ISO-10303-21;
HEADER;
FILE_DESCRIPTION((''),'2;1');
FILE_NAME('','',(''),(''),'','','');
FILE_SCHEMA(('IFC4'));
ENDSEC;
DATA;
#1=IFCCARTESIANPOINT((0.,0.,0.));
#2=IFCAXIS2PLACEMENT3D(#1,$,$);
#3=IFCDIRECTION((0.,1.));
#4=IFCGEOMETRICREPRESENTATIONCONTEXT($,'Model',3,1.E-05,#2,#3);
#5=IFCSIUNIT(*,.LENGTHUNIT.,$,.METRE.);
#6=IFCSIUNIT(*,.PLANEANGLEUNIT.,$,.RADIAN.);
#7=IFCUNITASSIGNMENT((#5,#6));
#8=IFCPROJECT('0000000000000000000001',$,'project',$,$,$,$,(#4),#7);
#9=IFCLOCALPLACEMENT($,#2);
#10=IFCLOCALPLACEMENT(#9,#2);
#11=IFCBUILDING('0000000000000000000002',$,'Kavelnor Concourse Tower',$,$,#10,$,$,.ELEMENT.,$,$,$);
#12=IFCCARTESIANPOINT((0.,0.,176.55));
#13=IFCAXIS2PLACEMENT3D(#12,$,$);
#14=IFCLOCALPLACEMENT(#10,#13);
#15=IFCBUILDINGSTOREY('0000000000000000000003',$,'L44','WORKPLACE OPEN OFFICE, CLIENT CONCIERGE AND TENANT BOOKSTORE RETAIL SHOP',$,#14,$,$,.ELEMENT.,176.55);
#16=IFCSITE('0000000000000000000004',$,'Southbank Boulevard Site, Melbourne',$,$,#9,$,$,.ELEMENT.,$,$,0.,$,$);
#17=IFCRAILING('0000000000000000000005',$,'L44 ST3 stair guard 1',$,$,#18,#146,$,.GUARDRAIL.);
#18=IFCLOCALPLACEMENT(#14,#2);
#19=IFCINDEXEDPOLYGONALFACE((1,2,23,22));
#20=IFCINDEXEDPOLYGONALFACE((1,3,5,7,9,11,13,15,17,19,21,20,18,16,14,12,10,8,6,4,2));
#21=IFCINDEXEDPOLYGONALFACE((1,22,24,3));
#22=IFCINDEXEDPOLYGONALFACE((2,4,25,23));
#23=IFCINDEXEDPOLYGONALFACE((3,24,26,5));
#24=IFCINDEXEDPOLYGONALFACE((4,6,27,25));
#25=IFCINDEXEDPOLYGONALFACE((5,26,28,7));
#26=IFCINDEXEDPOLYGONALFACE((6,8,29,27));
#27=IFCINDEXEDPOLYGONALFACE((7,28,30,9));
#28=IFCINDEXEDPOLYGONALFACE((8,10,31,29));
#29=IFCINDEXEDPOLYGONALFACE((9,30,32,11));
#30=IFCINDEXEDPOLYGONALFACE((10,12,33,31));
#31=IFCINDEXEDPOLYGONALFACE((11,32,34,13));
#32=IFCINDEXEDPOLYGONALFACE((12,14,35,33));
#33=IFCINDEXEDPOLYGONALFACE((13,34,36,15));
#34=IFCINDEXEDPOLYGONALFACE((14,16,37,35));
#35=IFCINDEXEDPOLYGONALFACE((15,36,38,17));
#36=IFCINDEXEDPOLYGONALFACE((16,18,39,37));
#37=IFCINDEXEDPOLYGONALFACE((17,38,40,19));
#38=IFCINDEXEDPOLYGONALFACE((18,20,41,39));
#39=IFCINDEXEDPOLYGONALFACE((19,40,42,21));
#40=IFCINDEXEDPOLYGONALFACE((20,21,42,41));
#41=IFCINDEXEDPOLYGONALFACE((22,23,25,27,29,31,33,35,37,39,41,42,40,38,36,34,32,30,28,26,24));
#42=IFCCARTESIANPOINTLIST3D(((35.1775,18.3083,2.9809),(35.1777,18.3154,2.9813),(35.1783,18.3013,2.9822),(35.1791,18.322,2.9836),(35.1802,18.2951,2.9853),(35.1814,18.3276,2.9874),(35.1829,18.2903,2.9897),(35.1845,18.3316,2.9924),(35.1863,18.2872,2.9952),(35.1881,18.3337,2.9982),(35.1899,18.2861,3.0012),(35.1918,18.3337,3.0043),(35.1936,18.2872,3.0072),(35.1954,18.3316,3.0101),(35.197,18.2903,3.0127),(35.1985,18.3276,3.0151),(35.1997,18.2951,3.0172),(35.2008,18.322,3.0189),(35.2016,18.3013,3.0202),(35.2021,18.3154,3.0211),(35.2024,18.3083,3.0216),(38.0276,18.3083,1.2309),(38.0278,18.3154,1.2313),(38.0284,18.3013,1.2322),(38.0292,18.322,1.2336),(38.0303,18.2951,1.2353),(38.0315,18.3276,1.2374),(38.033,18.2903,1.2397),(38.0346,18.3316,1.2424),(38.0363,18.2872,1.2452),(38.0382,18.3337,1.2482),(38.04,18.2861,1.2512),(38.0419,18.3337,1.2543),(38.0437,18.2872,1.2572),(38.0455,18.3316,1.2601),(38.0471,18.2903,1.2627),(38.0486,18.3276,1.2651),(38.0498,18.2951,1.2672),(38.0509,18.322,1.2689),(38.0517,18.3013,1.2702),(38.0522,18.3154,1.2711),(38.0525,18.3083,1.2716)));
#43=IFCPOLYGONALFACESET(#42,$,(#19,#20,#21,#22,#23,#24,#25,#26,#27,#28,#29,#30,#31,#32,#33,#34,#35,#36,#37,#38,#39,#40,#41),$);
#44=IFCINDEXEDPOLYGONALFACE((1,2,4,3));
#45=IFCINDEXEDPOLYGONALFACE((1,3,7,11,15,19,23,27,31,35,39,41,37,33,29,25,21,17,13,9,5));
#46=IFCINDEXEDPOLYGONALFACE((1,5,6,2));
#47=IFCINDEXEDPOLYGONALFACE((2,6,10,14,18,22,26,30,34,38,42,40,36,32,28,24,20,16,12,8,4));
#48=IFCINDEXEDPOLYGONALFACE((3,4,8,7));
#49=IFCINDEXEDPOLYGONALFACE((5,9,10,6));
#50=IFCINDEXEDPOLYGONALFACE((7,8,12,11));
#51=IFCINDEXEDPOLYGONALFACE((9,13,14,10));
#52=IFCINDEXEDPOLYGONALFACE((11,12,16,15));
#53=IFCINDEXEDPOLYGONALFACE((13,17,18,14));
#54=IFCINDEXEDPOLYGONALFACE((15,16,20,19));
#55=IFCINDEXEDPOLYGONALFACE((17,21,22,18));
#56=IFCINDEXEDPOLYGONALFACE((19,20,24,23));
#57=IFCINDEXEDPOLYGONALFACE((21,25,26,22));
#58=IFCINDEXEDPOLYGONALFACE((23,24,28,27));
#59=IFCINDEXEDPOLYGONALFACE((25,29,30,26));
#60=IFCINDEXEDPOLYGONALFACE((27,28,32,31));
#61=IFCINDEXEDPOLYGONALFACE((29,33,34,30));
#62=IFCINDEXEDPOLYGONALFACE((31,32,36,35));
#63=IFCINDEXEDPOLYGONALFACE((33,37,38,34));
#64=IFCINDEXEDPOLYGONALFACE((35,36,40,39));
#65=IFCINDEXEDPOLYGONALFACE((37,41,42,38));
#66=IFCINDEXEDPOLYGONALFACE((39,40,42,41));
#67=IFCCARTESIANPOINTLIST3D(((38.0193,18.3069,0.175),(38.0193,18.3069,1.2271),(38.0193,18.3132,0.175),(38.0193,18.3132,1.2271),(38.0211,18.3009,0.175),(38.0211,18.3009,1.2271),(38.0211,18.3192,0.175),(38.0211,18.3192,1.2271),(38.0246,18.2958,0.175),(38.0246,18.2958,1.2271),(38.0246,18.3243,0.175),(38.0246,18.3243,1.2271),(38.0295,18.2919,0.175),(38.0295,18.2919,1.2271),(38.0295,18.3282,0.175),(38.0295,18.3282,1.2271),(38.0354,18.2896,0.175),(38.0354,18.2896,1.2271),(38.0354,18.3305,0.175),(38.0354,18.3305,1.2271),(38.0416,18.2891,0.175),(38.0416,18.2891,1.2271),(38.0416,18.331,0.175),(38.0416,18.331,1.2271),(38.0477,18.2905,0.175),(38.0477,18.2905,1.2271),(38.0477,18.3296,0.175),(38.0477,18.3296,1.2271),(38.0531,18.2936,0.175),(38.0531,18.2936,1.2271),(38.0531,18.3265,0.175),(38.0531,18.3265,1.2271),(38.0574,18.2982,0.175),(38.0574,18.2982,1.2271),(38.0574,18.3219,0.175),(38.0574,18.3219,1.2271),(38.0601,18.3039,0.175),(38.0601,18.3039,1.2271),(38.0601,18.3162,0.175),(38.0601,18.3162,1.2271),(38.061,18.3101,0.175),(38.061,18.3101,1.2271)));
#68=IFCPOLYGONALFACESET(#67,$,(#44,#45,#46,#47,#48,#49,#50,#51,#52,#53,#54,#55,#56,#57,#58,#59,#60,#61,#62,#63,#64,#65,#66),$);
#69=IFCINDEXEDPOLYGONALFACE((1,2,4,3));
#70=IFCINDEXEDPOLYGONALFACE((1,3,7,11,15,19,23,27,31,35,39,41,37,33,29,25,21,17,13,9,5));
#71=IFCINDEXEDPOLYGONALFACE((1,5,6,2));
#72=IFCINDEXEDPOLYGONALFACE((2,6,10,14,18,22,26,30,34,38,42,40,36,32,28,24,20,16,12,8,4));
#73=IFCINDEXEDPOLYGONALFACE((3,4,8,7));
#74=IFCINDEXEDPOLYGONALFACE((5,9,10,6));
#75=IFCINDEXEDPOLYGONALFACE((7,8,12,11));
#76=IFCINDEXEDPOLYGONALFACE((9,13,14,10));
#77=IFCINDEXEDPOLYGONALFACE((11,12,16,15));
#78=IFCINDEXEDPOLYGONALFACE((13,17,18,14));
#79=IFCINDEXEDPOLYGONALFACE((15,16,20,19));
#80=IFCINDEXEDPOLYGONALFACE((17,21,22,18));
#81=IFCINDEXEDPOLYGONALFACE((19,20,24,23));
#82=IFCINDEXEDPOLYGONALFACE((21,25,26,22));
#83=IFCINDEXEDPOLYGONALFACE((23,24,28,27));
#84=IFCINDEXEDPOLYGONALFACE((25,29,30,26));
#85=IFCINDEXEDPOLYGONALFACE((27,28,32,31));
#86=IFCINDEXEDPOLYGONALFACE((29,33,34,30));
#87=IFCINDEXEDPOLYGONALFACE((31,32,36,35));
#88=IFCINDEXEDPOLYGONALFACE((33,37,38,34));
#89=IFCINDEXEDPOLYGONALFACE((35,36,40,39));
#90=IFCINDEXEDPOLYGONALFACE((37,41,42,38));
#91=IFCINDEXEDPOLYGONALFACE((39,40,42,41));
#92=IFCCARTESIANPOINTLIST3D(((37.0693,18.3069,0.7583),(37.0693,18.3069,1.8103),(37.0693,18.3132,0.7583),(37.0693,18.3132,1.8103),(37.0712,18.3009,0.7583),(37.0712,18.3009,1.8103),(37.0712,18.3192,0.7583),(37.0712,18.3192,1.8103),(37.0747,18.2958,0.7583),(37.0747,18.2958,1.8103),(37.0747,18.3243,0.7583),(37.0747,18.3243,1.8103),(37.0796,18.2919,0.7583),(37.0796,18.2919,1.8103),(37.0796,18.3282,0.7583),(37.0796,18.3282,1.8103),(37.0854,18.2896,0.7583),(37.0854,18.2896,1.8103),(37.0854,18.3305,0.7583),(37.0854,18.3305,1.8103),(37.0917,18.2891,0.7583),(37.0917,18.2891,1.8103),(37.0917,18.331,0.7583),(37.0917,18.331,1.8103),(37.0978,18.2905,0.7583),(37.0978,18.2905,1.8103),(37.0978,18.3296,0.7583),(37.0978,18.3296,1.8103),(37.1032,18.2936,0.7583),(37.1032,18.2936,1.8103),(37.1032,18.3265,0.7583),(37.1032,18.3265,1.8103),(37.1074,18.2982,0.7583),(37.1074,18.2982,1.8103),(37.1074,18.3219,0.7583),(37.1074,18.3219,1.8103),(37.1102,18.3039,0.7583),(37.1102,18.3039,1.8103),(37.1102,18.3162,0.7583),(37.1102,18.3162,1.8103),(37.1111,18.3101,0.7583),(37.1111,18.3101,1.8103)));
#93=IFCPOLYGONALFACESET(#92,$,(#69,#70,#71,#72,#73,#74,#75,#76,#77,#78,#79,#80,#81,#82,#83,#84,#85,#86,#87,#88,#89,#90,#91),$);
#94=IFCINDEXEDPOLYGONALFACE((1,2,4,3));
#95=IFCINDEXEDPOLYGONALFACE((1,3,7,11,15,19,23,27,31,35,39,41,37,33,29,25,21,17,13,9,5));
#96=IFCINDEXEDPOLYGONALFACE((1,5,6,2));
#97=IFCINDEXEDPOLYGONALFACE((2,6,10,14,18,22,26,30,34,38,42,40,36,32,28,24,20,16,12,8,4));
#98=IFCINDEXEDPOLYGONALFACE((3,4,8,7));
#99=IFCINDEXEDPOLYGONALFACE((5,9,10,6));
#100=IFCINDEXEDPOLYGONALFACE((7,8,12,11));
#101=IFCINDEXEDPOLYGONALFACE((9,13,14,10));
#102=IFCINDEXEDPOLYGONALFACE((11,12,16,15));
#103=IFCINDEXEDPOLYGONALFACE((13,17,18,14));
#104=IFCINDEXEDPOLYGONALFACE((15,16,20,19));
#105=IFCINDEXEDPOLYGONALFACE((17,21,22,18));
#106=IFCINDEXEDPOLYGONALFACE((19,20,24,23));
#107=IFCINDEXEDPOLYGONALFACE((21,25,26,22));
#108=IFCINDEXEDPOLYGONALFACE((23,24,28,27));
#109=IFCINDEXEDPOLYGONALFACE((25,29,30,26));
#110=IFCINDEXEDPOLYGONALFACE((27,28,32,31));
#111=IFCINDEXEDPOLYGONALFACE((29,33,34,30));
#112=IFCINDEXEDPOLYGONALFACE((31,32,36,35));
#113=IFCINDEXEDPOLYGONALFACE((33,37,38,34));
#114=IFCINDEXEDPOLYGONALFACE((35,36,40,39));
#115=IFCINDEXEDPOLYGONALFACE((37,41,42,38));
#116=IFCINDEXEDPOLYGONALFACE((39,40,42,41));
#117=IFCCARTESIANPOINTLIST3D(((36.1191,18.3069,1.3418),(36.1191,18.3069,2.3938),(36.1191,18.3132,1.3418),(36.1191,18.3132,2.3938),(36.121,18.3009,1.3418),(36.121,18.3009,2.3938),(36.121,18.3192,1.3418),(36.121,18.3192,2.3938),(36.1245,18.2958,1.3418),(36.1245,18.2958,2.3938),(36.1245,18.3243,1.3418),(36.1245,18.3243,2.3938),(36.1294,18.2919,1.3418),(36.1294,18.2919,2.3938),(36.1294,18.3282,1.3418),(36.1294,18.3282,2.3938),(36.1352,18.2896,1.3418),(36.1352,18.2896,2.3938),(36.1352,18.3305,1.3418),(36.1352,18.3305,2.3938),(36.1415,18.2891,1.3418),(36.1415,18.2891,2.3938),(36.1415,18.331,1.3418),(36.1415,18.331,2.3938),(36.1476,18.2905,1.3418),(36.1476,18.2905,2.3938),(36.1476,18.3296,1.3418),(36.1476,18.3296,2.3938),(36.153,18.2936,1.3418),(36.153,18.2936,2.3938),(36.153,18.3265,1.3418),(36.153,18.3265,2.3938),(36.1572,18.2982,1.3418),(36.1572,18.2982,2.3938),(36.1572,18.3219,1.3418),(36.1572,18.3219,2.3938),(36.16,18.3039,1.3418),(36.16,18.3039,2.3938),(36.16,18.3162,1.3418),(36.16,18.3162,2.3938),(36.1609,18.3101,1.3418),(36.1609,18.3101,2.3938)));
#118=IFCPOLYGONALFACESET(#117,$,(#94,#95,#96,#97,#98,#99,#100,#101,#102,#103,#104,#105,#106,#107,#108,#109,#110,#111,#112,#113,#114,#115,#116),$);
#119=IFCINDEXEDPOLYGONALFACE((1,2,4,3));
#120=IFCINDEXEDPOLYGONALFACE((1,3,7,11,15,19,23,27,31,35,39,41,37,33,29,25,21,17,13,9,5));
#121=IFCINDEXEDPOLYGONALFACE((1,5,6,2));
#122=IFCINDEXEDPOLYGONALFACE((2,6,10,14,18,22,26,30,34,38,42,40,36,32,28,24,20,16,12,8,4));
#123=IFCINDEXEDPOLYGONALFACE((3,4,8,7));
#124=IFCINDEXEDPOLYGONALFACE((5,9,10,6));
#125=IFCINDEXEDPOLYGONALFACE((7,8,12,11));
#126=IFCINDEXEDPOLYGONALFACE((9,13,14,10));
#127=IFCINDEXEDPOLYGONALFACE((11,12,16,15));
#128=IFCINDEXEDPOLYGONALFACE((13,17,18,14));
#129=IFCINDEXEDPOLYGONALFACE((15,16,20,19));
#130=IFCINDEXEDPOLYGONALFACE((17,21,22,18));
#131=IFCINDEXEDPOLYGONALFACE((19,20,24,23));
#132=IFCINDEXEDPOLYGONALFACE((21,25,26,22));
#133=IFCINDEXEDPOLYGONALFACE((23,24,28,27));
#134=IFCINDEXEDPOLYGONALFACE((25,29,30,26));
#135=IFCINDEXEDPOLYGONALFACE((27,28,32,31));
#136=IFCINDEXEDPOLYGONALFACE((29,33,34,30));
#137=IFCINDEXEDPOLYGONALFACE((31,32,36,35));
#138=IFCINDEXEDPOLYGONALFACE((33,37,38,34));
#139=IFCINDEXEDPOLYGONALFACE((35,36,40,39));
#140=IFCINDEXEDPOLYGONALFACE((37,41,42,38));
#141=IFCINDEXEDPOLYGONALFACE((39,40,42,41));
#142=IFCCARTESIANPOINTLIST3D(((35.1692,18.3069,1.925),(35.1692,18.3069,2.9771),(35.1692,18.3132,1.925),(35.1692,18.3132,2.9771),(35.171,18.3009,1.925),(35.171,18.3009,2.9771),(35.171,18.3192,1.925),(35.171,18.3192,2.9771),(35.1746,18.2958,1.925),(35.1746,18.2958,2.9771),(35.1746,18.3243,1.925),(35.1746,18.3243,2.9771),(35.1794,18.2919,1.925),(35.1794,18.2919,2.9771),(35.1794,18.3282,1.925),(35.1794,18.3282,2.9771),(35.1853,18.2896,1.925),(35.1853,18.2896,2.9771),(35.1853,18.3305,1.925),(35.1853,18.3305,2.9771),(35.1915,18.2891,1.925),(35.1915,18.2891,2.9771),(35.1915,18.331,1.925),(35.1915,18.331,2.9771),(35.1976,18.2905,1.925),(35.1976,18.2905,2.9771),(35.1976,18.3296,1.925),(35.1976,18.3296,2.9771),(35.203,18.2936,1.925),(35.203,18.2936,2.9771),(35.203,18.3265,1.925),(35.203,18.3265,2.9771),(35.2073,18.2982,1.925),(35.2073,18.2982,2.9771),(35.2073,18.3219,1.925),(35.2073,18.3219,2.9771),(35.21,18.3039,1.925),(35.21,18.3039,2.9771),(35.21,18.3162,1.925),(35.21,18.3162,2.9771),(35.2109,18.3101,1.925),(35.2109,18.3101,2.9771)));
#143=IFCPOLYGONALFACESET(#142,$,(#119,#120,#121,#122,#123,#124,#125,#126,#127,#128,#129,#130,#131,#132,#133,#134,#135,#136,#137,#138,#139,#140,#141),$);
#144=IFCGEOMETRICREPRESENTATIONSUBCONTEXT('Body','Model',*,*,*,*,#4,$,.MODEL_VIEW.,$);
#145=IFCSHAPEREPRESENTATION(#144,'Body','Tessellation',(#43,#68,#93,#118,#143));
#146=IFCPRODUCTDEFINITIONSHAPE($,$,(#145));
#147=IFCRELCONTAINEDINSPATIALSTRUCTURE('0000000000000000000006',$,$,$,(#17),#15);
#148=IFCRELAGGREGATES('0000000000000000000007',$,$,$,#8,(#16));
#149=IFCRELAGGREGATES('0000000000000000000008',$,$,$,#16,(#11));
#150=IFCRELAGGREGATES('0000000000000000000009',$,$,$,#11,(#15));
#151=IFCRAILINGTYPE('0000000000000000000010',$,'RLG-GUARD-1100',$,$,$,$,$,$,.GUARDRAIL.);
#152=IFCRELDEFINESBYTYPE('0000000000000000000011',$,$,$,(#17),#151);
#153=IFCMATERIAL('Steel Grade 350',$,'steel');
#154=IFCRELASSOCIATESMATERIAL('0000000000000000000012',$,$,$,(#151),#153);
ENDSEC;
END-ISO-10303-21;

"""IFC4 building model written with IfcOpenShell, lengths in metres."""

from ifc_helpers import new_model, si_unit, direction, frame, origin, origin_2d, place, context, subcontext, project, spatial, circle, extrude, material, type_object, element, save


model = new_model("IFC4")

# Units and contexts
model_context = context("Model", 3, precision=1e-05, world=origin(), true_north=direction((0.0, 1.0)))
body_context = subcontext(model_context, "Body", "Model", "MODEL_VIEW")
ifc_project = project(units=[si_unit("LENGTHUNIT", "METRE"), si_unit("PLANEANGLEUNIT", "RADIAN")], contexts=[model_context])

# Site, building, storey
site_placement = place(None, origin())
site = spatial("IfcSite", under=ifc_project, at=site_placement, Name="Southbank Boulevard Site, Melbourne", CompositionType="ELEMENT", RefElevation=0.0)
building_placement = place(site_placement, origin())
building = spatial("IfcBuilding", under=site, at=building_placement, Name="Kavelnor Concourse Tower", CompositionType="ELEMENT")
storey_placement = place(building_placement, frame((0.0, 0.0, 176.55)))
storey = spatial("IfcBuildingStorey", under=building, at=storey_placement, Name="L44", Description="WORKPLACE OPEN OFFICE, CLIENT CONCIERGE AND TENANT BOOKSTORE RETAIL SHOP", CompositionType="ELEMENT", Elevation=176.55)

# Shared definitions
ifc_material_1 = material(Name="Steel Grade 350", Category="steel")

# Railing
railing_type_1 = type_object("IfcRailingType", Name="RLG-GUARD-1100", PredefinedType="GUARDRAIL", material=ifc_material_1)
railing_1_placement = place(storey_placement, frame((38.04, 18.3101, 0.175)))
element("IfcRailing", 1, at=railing_1_placement, inside=storey, type_object=railing_type_1, Name="L44 ST3 stair guard 1", PredefinedType="GUARDRAIL", context=body_context, shape_type="SweptSolid", body=[
    extrude(circle(Radius=0.0239, at=origin_2d()), frame((0.0, 0.0, 1.0762), z_axis=(-0.852179, 0.0, 0.52325), x_axis=(0.0, -1.0, 0.0)), (0.0, 0.0, 1.0), 3.3445),
    extrude(circle(Radius=0.021, at=origin_2d()), origin(), (0.0, 0.0, 1.0), 1.052),
    extrude(circle(Radius=0.021, at=origin_2d()), frame((-0.95, 0.0, 0.5833)), (0.0, 0.0, 1.0), 1.052),
    extrude(circle(Radius=0.021, at=origin_2d()), frame((-1.9001, 0.0, 1.1667)), (0.0, 0.0, 1.0), 1.052),
    extrude(circle(Radius=0.021, at=origin_2d()), frame((-2.8501, 0.0, 1.75)), (0.0, 0.0, 1.0), 1.052),
])

save(model, "model.ifc")
